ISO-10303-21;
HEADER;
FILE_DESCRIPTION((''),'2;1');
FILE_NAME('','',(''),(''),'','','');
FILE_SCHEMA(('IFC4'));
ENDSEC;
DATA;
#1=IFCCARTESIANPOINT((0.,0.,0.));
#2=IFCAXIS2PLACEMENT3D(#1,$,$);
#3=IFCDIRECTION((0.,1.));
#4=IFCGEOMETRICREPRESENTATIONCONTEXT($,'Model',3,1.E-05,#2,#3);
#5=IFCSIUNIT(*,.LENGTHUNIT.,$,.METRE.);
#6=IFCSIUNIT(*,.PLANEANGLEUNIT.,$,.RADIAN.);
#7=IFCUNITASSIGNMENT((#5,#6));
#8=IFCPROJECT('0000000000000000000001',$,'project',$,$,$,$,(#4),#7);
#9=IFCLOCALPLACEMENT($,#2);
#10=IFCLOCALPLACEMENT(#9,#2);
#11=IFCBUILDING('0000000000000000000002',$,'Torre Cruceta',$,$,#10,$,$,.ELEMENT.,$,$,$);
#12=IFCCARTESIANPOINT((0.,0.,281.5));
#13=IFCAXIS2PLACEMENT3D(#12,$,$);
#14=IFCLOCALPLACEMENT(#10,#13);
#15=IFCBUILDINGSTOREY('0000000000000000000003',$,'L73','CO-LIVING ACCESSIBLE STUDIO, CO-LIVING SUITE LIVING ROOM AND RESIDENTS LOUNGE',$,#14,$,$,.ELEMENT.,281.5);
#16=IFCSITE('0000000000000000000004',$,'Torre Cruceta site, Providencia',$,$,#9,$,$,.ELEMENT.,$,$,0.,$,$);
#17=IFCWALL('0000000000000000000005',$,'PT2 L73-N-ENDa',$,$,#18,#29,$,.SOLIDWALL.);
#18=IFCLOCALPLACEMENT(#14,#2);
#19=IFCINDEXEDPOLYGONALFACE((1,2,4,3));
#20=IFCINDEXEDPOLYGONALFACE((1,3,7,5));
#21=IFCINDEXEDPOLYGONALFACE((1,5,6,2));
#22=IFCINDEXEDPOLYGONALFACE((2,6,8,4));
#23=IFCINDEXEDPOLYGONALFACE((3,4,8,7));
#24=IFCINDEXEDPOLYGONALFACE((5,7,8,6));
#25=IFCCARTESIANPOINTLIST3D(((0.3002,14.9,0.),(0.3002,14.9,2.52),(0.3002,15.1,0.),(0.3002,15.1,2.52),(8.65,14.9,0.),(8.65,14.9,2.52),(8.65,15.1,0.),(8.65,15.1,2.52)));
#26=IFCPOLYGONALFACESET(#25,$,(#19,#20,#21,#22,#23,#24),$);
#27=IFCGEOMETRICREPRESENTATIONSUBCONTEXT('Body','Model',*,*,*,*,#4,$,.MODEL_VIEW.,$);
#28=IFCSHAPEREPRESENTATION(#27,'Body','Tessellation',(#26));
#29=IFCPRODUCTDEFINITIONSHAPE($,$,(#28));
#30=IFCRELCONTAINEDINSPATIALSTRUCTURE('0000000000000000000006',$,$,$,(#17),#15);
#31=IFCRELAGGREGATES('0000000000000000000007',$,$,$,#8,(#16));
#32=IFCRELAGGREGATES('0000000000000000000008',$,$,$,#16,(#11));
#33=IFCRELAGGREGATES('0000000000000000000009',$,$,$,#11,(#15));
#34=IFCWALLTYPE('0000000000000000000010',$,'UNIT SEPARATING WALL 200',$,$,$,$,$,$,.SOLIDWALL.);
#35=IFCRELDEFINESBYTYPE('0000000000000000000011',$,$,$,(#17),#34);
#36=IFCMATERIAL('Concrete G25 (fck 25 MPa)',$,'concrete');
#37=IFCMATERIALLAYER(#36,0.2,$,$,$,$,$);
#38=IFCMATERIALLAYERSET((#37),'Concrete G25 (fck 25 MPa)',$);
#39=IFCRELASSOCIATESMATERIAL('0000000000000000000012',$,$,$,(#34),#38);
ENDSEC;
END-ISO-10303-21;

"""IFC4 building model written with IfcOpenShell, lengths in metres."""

from ifc_helpers import new_model, si_unit, direction, frame, frame_2d, origin, place, context, subcontext, project, spatial, rectangle, extrude, material, layer, layer_set, type_object, element, save


model = new_model("IFC4")

# Units and contexts
model_context = context("Model", 3, precision=1e-05, world=origin(), true_north=direction((0.0, 1.0)))
body_context = subcontext(model_context, "Body", "Model", "MODEL_VIEW")
ifc_project = project(units=[si_unit("LENGTHUNIT", "METRE"), si_unit("PLANEANGLEUNIT", "RADIAN")], contexts=[model_context])

# Site, building, storey
site_placement = place(None, origin())
site = spatial("IfcSite", under=ifc_project, at=site_placement, Name="Torre Cruceta site, Providencia", CompositionType="ELEMENT", RefElevation=0.0)
building_placement = place(site_placement, origin())
building = spatial("IfcBuilding", under=site, at=building_placement, Name="Torre Cruceta", CompositionType="ELEMENT")
storey_placement = place(building_placement, frame((0.0, 0.0, 281.5)))
storey = spatial("IfcBuildingStorey", under=building, at=storey_placement, Name="L73", Description="CO-LIVING ACCESSIBLE STUDIO, CO-LIVING SUITE LIVING ROOM AND RESIDENTS LOUNGE", CompositionType="ELEMENT", Elevation=281.5)

# Wall
ifc_material_1 = material(Name="Concrete G25 (fck 25 MPa)", Category="concrete")
ifc_layer_1 = layer(ifc_material_1, 0.2)
ifc_layer_set_1 = layer_set([ifc_layer_1], Name="Concrete G25 (fck 25 MPa)")
wall_type_1 = type_object("IfcWallType", Name="UNIT SEPARATING WALL 200", PredefinedType="SOLIDWALL", material=ifc_layer_set_1)
wall_1_placement = place(storey_placement, frame((8.6499, 15.0, 0.0), z_axis=(0.0, 0.0, 1.0), x_axis=(-1.0, 0.0, 0.0)))
element("IfcWall", 1, at=wall_1_placement, inside=storey, type_object=wall_type_1, Name="PT2 L73-N-ENDa", PredefinedType="SOLIDWALL", context=body_context, shape_type="SweptSolid", body=[
    extrude(rectangle(XDim=8.3499, YDim=0.2, at=frame_2d((4.1748, 0.0))), origin(), (0.0, 0.0, 1.0), 2.52),
])

save(model, "model.ifc")
